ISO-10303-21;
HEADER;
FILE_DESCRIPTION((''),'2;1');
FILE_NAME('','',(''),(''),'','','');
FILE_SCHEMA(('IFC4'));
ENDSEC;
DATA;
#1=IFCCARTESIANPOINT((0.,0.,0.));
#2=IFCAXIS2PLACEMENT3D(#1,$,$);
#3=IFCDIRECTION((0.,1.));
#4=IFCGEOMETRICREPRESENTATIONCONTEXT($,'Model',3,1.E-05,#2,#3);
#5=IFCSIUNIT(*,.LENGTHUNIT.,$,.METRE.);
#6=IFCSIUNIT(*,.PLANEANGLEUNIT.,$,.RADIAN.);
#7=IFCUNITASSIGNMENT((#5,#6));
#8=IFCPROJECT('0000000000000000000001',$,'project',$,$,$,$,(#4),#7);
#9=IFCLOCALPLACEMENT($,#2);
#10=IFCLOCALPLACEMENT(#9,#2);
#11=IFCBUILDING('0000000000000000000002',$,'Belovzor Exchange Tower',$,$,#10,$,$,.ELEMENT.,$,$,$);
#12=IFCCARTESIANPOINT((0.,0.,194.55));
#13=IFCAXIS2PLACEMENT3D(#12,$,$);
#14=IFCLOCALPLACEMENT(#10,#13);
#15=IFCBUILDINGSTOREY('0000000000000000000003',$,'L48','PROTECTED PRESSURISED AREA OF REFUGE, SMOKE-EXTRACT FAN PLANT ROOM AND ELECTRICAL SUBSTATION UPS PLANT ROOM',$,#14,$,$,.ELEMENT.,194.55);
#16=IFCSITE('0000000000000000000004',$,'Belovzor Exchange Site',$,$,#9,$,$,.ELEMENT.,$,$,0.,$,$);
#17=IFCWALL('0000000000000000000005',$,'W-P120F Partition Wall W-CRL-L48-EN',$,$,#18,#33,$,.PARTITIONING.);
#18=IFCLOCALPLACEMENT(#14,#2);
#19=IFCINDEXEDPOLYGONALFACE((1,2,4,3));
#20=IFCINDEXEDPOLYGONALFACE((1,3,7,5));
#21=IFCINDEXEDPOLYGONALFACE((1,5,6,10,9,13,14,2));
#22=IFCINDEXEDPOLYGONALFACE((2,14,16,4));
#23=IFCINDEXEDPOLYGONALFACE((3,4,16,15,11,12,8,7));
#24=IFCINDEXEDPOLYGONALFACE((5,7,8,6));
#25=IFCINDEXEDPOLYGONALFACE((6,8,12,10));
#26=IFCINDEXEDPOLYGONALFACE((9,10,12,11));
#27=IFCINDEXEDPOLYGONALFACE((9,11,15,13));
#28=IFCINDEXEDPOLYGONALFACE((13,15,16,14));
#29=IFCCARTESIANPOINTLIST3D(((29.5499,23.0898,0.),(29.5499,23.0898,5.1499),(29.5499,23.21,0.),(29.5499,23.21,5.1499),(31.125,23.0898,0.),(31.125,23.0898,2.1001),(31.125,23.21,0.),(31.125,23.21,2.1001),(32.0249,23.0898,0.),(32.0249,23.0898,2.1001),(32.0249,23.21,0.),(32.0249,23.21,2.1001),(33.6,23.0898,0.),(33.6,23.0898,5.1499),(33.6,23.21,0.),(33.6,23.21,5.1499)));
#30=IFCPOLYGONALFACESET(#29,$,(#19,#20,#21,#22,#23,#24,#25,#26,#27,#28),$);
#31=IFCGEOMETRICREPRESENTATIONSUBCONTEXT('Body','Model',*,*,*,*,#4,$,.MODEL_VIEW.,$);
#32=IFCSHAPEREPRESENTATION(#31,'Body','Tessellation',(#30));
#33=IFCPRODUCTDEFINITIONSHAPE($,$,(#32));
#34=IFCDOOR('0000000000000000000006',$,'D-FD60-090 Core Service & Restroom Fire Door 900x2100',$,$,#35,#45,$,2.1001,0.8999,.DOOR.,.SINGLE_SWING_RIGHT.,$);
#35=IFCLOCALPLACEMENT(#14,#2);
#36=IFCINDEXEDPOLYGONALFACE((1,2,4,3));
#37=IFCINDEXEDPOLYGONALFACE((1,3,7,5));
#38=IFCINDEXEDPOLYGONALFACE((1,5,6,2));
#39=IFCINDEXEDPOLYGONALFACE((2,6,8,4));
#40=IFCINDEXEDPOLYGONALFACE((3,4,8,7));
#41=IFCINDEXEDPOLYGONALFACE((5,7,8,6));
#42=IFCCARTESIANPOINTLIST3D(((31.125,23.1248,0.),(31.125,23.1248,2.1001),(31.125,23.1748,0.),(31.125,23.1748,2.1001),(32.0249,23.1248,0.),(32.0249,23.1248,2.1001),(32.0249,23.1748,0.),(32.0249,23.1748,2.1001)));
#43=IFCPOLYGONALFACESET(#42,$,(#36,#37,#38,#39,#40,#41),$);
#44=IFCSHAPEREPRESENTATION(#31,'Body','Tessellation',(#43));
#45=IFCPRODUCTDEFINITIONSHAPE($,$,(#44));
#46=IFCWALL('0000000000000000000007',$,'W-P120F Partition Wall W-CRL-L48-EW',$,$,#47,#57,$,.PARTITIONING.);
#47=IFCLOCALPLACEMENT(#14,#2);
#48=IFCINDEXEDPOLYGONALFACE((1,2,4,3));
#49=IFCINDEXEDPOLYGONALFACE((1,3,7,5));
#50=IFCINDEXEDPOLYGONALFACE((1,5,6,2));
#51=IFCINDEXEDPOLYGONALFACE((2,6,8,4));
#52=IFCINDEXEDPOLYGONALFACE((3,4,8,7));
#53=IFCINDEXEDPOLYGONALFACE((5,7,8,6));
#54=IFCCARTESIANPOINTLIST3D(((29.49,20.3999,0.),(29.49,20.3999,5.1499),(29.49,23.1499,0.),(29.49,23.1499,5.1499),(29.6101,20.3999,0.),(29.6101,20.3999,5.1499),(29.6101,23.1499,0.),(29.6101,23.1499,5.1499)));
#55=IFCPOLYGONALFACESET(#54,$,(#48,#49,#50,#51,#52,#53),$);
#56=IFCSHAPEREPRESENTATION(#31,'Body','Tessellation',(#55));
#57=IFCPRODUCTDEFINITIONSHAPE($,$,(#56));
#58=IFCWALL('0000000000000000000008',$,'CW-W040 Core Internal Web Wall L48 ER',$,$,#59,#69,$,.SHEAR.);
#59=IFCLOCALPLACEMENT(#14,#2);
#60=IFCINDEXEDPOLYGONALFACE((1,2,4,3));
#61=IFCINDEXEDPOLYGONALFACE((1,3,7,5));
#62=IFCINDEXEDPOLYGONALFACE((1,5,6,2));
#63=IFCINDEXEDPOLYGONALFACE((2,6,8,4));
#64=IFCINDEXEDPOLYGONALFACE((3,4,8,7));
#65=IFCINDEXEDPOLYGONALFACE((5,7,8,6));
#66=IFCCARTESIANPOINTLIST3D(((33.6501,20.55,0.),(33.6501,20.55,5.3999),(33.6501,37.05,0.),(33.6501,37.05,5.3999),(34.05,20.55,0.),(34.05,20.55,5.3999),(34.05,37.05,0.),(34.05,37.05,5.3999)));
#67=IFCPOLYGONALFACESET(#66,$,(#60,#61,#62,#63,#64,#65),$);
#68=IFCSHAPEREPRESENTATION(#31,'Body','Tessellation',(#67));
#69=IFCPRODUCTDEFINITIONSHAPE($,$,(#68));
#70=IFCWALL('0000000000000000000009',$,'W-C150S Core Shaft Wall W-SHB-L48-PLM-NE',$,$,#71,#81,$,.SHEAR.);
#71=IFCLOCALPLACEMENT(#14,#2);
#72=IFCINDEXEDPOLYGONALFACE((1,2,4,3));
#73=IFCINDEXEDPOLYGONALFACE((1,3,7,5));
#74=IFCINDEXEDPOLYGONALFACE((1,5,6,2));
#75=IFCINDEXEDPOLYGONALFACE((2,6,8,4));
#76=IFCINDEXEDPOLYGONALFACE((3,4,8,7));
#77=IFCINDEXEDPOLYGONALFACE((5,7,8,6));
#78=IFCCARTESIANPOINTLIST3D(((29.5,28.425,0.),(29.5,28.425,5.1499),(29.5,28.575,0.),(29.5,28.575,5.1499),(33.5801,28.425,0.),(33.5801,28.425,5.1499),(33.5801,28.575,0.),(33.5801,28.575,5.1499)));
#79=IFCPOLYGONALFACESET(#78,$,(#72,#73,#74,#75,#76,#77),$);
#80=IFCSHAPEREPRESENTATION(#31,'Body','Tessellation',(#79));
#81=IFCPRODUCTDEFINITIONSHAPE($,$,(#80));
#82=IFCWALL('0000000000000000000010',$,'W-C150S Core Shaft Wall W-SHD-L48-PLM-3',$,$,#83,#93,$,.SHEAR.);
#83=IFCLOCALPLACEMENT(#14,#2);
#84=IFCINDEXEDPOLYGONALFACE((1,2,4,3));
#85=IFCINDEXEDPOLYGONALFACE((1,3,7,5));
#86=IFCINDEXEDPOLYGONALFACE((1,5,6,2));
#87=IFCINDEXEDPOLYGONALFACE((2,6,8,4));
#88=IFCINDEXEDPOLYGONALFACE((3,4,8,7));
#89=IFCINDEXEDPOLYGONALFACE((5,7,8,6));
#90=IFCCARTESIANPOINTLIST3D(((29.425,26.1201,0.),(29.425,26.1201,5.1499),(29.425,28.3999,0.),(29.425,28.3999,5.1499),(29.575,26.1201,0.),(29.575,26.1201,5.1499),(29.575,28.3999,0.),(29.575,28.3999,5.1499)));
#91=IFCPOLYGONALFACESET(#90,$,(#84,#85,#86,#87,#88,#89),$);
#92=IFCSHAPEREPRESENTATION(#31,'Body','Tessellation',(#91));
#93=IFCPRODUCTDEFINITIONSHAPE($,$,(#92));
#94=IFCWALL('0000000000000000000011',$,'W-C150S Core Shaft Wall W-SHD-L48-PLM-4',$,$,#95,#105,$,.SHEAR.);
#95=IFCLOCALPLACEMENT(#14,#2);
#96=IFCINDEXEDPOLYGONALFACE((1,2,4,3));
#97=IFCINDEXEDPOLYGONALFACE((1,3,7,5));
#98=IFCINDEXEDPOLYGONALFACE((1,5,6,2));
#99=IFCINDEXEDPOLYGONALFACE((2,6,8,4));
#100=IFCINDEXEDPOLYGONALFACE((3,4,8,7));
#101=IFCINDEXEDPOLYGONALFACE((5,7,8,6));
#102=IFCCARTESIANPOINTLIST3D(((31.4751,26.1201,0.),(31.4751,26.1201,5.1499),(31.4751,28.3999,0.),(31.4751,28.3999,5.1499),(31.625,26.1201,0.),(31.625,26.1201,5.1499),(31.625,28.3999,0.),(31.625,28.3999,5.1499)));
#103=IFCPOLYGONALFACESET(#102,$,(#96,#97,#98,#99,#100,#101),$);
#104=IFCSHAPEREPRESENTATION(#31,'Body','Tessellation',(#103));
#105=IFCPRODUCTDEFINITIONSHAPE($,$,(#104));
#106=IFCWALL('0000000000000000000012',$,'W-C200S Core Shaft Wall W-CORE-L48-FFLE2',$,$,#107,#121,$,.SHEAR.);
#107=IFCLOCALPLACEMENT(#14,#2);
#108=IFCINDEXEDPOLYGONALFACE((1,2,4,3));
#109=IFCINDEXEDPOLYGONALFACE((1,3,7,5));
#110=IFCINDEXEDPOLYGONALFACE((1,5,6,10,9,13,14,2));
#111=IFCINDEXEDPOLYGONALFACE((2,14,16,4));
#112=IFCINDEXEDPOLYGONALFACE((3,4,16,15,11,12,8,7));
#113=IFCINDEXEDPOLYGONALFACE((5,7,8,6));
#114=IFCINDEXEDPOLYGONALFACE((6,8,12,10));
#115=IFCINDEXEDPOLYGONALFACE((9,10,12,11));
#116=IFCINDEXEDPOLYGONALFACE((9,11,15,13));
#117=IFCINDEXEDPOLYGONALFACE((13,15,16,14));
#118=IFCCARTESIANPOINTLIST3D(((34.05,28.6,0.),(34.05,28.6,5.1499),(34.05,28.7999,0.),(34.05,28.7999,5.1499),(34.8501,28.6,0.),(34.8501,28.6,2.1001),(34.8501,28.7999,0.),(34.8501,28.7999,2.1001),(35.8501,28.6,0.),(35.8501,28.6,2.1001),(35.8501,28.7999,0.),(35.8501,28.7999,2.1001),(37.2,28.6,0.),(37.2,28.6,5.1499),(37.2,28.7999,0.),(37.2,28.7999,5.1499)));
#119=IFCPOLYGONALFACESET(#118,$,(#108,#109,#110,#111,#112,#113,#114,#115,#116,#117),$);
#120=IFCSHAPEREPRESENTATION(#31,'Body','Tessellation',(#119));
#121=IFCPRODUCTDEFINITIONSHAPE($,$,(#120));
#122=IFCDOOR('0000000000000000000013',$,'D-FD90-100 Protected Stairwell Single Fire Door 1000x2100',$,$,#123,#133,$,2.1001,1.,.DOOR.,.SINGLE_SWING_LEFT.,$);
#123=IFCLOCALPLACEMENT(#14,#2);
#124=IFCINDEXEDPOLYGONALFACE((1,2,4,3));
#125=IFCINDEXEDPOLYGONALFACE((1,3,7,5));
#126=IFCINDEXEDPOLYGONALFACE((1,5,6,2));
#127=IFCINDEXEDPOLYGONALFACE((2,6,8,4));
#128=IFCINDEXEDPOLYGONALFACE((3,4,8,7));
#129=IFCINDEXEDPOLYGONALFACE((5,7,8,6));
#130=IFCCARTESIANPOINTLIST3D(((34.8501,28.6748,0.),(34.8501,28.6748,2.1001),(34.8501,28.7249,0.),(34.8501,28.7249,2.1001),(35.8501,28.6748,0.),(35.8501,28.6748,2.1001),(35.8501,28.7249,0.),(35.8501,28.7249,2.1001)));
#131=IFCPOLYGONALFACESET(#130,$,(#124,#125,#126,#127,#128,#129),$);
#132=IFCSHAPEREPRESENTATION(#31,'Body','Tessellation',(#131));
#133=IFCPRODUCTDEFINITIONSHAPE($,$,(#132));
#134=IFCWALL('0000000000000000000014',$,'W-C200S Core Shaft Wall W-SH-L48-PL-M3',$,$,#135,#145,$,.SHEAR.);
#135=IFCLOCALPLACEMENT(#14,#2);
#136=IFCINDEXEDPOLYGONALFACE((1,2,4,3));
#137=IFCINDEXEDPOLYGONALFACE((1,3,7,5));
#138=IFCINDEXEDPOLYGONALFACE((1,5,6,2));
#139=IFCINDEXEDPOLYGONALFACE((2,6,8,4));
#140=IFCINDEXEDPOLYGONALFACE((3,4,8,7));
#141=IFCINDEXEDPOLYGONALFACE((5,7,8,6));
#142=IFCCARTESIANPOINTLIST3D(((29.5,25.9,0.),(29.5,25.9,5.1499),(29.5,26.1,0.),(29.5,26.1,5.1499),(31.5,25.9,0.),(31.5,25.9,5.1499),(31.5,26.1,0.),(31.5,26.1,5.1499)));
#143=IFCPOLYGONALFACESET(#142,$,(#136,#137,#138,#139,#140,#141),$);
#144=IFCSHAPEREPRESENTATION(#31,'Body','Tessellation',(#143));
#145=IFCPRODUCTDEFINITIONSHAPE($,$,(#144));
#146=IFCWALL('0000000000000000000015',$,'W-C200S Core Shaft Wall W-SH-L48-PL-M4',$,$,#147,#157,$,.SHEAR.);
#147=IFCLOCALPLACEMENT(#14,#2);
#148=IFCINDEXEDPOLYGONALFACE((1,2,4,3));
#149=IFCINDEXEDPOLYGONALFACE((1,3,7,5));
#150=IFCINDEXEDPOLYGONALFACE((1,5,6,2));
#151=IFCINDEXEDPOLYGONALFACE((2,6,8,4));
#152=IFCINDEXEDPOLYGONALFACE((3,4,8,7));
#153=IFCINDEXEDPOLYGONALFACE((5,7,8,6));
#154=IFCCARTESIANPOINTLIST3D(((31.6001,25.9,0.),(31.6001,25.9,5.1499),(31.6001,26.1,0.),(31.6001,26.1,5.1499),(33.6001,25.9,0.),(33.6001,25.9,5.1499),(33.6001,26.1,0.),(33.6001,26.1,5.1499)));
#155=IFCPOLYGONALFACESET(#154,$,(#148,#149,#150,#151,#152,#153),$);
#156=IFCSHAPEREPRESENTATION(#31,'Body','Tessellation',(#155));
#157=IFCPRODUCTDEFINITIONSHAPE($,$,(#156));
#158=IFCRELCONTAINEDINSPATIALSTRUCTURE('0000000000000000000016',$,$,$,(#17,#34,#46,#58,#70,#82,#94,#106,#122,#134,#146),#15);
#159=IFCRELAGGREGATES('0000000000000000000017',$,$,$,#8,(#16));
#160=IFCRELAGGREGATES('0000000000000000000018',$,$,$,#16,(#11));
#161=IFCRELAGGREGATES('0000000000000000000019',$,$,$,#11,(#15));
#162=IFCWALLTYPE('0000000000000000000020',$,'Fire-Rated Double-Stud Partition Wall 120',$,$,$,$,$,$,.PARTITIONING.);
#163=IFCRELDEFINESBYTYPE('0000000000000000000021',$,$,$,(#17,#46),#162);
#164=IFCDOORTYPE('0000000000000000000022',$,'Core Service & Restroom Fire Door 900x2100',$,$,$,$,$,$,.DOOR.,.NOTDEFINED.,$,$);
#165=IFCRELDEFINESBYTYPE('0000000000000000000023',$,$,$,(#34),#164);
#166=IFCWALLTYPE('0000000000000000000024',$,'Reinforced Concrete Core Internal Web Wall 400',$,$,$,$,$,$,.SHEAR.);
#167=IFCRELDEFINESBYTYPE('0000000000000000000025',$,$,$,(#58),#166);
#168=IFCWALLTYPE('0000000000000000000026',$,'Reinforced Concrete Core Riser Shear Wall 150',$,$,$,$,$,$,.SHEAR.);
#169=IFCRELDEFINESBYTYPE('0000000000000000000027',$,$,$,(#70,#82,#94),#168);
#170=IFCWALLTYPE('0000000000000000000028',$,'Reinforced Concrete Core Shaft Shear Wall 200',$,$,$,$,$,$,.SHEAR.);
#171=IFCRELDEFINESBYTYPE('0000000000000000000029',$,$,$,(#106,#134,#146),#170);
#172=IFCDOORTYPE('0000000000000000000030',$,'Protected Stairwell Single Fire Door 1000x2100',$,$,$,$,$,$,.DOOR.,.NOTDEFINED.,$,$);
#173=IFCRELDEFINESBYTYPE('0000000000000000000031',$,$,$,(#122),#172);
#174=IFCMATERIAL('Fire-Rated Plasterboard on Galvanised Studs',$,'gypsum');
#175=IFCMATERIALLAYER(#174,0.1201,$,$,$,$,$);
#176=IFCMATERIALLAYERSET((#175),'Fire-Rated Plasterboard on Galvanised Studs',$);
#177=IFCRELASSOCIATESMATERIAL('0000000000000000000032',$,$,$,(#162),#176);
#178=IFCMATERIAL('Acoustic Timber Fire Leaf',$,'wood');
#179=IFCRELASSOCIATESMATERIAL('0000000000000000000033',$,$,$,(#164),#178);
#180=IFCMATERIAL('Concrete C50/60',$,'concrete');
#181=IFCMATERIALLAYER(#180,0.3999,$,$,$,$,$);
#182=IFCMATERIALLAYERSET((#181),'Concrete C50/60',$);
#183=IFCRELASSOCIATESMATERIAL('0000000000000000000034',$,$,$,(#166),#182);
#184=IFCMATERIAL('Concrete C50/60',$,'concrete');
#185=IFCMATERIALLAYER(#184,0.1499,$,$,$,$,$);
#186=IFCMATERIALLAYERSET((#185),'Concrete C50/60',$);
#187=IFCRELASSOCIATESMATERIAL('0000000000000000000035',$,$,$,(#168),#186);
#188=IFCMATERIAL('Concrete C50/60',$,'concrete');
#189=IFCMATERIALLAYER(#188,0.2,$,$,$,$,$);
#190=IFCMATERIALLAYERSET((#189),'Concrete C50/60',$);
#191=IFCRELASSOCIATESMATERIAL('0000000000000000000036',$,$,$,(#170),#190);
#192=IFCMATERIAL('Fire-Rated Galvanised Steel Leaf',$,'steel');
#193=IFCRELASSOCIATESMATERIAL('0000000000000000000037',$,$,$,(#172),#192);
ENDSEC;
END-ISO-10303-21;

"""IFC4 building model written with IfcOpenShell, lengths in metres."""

from ifc_helpers import new_model, si_unit, direction, frame, frame_2d, origin, place, context, subcontext, project, spatial, rectangle, extrude, material, layer, layer_set, type_object, element, fill, save


model = new_model("IFC4")

# Units and contexts
model_context = context("Model", 3, precision=1e-05, world=origin(), true_north=direction((0.0, 1.0)))
body_context = subcontext(model_context, "Body", "Model", "MODEL_VIEW")
ifc_project = project(units=[si_unit("LENGTHUNIT", "METRE"), si_unit("PLANEANGLEUNIT", "RADIAN")], contexts=[model_context])

# Site, building, storey
site_placement = place(None, origin())
site = spatial("IfcSite", under=ifc_project, at=site_placement, Name="Belovzor Exchange Site", CompositionType="ELEMENT", RefElevation=0.0)
building_placement = place(site_placement, origin())
building = spatial("IfcBuilding", under=site, at=building_placement, Name="Belovzor Exchange Tower", CompositionType="ELEMENT")
storey_placement = place(building_placement, frame((0.0, 0.0, 194.55)))
storey = spatial("IfcBuildingStorey", under=building, at=storey_placement, Name="L48", Description="PROTECTED PRESSURISED AREA OF REFUGE, SMOKE-EXTRACT FAN PLANT ROOM AND ELECTRICAL SUBSTATION UPS PLANT ROOM", CompositionType="ELEMENT", Elevation=194.55)

# Wall, opening, door
ifc_material_1 = material(Name="Fire-Rated Plasterboard on Galvanised Studs", Category="gypsum")
ifc_layer_1 = layer(ifc_material_1, 0.1201)
ifc_layer_set_1 = layer_set([ifc_layer_1], Name="Fire-Rated Plasterboard on Galvanised Studs")
wall_type_1 = type_object("IfcWallType", Name="Fire-Rated Double-Stud Partition Wall 120", PredefinedType="PARTITIONING", material=ifc_layer_set_1)
wall_1_placement = place(storey_placement, frame((29.55, 23.1499, 0.0), z_axis=(0.0, 0.0, 1.0), x_axis=(1.0, 0.0, 0.0)))
wall_1 = element("IfcWall", 1, at=wall_1_placement, inside=storey, type_object=wall_type_1, Name="W-P120F Partition Wall W-CRL-L48-EN", PredefinedType="PARTITIONING", context=body_context, shape_type="SweptSolid", body=[
    extrude(rectangle(XDim=4.05, YDim=0.1201, at=frame_2d((2.0249, 0.0))), origin(), (0.0, 0.0, 1.0), 5.1499),
])
opening_1_placement = place(wall_1_placement, frame((1.575, 0.0, 0.0)))
opening_1 = element("IfcOpeningElement", 2, at=opening_1_placement, cuts=wall_1, PredefinedType="OPENING", context=body_context, shape_type="SweptSolid", body=[
    extrude(rectangle(XDim=0.8999, YDim=2.1001, at=frame_2d((0.45, 1.05))), frame((0.0, 0.0701, 0.0), z_axis=(0.0, -1.0, 0.0), x_axis=(1.0, 0.0, 0.0)), (0.0, 0.0, 1.0), 0.1401),
])
ifc_material_2 = material(Name="Acoustic Timber Fire Leaf", Category="wood")
door_type_1 = type_object("IfcDoorType", Name="Core Service & Restroom Fire Door 900x2100", OperationType="NOTDEFINED", PredefinedType="DOOR", material=ifc_material_2)
door_1_placement = place(opening_1_placement, origin())
door_1 = element("IfcDoor", 3, at=door_1_placement, inside=storey, type_object=door_type_1, Name="D-FD60-090 Core Service & Restroom Fire Door 900x2100", OperationType="SINGLE_SWING_RIGHT", OverallHeight=2.1001, OverallWidth=0.8999, PredefinedType="DOOR", context=body_context, shape_type="SweptSolid", body=[
    extrude(rectangle(XDim=0.8999, YDim=2.1001, at=frame_2d((0.45, 1.05))), frame((0.0, 0.0249, 0.0), z_axis=(0.0, -1.0, 0.0), x_axis=(1.0, 0.0, 0.0)), (0.0, 0.0, 1.0), 0.05),
])
fill(opening_1, door_1)

# Walls
wall_2_placement = place(storey_placement, frame((29.55, 20.3999, 0.0), z_axis=(0.0, 0.0, 1.0), x_axis=(0.0, 1.0, 0.0)))
element("IfcWall", 4, at=wall_2_placement, inside=storey, type_object=wall_type_1, Name="W-P120F Partition Wall W-CRL-L48-EW", PredefinedType="PARTITIONING", context=body_context, shape_type="SweptSolid", body=[
    extrude(rectangle(XDim=2.75, YDim=0.1201, at=frame_2d((1.375, 0.0))), origin(), (0.0, 0.0, 1.0), 5.1499),
])
ifc_material_3 = material(Name="Concrete C50/60", Category="concrete")
ifc_layer_2 = layer(ifc_material_3, 0.3999)
ifc_layer_set_2 = layer_set([ifc_layer_2], Name="Concrete C50/60")
wall_type_2 = type_object("IfcWallType", Name="Reinforced Concrete Core Internal Web Wall 400", PredefinedType="SHEAR", material=ifc_layer_set_2)
wall_3_placement = place(storey_placement, frame((33.8501, 20.55, 0.0), z_axis=(0.0, 0.0, 1.0), x_axis=(0.0, 1.0, 0.0)))
element("IfcWall", 5, at=wall_3_placement, inside=storey, type_object=wall_type_2, Name="CW-W040 Core Internal Web Wall L48 ER", PredefinedType="SHEAR", context=body_context, shape_type="SweptSolid", body=[
    extrude(rectangle(XDim=16.5, YDim=0.3999, at=frame_2d((8.25, 0.0))), origin(), (0.0, 0.0, 1.0), 5.3999),
])
ifc_material_4 = material(Name="Concrete C50/60", Category="concrete")
ifc_layer_3 = layer(ifc_material_4, 0.1499)
ifc_layer_set_3 = layer_set([ifc_layer_3], Name="Concrete C50/60")
wall_type_3 = type_object("IfcWallType", Name="Reinforced Concrete Core Riser Shear Wall 150", PredefinedType="SHEAR", material=ifc_layer_set_3)
wall_4_placement = place(storey_placement, frame((29.5, 28.5, 0.0), z_axis=(0.0, 0.0, 1.0), x_axis=(1.0, 0.0, 0.0)))
element("IfcWall", 6, at=wall_4_placement, inside=storey, type_object=wall_type_3, Name="W-C150S Core Shaft Wall W-SHB-L48-PLM-NE", PredefinedType="SHEAR", context=body_context, shape_type="SweptSolid", body=[
    extrude(rectangle(XDim=4.0801, YDim=0.1499, at=frame_2d((2.04, 0.0))), origin(), (0.0, 0.0, 1.0), 5.1499),
])
for number, where, z_axis, x_axis, name in (
    (7, (29.5, 26.1201, 0.0), (0.0, 0.0, 1.0), (0.0, 1.0, 0.0), "W-C150S Core Shaft Wall W-SHD-L48-PLM-3"),
    (8, (31.55, 26.1201, 0.0), (0.0, 0.0, 1.0), (0.0, 1.0, 0.0), "W-C150S Core Shaft Wall W-SHD-L48-PLM-4"),
):
    element("IfcWall", number, at=place(storey_placement, frame(where, z_axis=z_axis, x_axis=x_axis)), inside=storey, type_object=wall_type_3, Name=name, PredefinedType="SHEAR", context=body_context, shape_type="SweptSolid", body=[
        extrude(rectangle(XDim=2.2798, YDim=0.1499, at=frame_2d((1.1399, 0.0))), origin(), (0.0, 0.0, 1.0), 5.1499),
    ])

# Wall, opening, door
ifc_material_5 = material(Name="Concrete C50/60", Category="concrete")
ifc_layer_4 = layer(ifc_material_5, 0.2)
ifc_layer_set_4 = layer_set([ifc_layer_4], Name="Concrete C50/60")
wall_type_4 = type_object("IfcWallType", Name="Reinforced Concrete Core Shaft Shear Wall 200", PredefinedType="SHEAR", material=ifc_layer_set_4)
wall_5_placement = place(storey_placement, frame((34.05, 28.7, 0.0), z_axis=(0.0, 0.0, 1.0), x_axis=(1.0, 0.0, 0.0)))
wall_5 = element("IfcWall", 9, at=wall_5_placement, inside=storey, type_object=wall_type_4, Name="W-C200S Core Shaft Wall W-CORE-L48-FFLE2", PredefinedType="SHEAR", context=body_context, shape_type="SweptSolid", body=[
    extrude(rectangle(XDim=3.1499, YDim=0.2, at=frame_2d((1.575, 0.0))), origin(), (0.0, 0.0, 1.0), 5.1499),
])
opening_2_placement = place(wall_5_placement, frame((0.8, 0.0, 0.0)))
opening_2 = element("IfcOpeningElement", 10, at=opening_2_placement, cuts=wall_5, PredefinedType="OPENING", context=body_context, shape_type="SweptSolid", body=[
    extrude(rectangle(XDim=1.0, YDim=2.1001, at=frame_2d((0.5, 1.05))), frame((0.0, 0.1099, 0.0), z_axis=(0.0, -1.0, 0.0), x_axis=(1.0, 0.0, 0.0)), (0.0, 0.0, 1.0), 0.22),
])
ifc_material_6 = material(Name="Fire-Rated Galvanised Steel Leaf", Category="steel")
door_type_2 = type_object("IfcDoorType", Name="Protected Stairwell Single Fire Door 1000x2100", OperationType="NOTDEFINED", PredefinedType="DOOR", material=ifc_material_6)
door_2_placement = place(opening_2_placement, origin())
door_2 = element("IfcDoor", 11, at=door_2_placement, inside=storey, type_object=door_type_2, Name="D-FD90-100 Protected Stairwell Single Fire Door 1000x2100", OperationType="SINGLE_SWING_LEFT", OverallHeight=2.1001, OverallWidth=1.0, PredefinedType="DOOR", context=body_context, shape_type="SweptSolid", body=[
    extrude(rectangle(XDim=1.0, YDim=2.1001, at=frame_2d((0.5, 1.05))), frame((0.0, 0.0249, 0.0), z_axis=(0.0, -1.0, 0.0), x_axis=(1.0, 0.0, 0.0)), (0.0, 0.0, 1.0), 0.05),
])
fill(opening_2, door_2)

# Walls
for number, where, z_axis, x_axis, name in (
    (12, (29.5, 26.0, 0.0), (0.0, 0.0, 1.0), (1.0, 0.0, 0.0), "W-C200S Core Shaft Wall W-SH-L48-PL-M3"),
    (13, (31.6001, 26.0, 0.0), (0.0, 0.0, 1.0), (1.0, 0.0, 0.0), "W-C200S Core Shaft Wall W-SH-L48-PL-M4"),
):
    element("IfcWall", number, at=place(storey_placement, frame(where, z_axis=z_axis, x_axis=x_axis)), inside=storey, type_object=wall_type_4, Name=name, PredefinedType="SHEAR", context=body_context, shape_type="SweptSolid", body=[
        extrude(rectangle(XDim=2.0, YDim=0.2, at=frame_2d((1.0, 0.0))), origin(), (0.0, 0.0, 1.0), 5.1499),
    ])

save(model, "model.ifc")
